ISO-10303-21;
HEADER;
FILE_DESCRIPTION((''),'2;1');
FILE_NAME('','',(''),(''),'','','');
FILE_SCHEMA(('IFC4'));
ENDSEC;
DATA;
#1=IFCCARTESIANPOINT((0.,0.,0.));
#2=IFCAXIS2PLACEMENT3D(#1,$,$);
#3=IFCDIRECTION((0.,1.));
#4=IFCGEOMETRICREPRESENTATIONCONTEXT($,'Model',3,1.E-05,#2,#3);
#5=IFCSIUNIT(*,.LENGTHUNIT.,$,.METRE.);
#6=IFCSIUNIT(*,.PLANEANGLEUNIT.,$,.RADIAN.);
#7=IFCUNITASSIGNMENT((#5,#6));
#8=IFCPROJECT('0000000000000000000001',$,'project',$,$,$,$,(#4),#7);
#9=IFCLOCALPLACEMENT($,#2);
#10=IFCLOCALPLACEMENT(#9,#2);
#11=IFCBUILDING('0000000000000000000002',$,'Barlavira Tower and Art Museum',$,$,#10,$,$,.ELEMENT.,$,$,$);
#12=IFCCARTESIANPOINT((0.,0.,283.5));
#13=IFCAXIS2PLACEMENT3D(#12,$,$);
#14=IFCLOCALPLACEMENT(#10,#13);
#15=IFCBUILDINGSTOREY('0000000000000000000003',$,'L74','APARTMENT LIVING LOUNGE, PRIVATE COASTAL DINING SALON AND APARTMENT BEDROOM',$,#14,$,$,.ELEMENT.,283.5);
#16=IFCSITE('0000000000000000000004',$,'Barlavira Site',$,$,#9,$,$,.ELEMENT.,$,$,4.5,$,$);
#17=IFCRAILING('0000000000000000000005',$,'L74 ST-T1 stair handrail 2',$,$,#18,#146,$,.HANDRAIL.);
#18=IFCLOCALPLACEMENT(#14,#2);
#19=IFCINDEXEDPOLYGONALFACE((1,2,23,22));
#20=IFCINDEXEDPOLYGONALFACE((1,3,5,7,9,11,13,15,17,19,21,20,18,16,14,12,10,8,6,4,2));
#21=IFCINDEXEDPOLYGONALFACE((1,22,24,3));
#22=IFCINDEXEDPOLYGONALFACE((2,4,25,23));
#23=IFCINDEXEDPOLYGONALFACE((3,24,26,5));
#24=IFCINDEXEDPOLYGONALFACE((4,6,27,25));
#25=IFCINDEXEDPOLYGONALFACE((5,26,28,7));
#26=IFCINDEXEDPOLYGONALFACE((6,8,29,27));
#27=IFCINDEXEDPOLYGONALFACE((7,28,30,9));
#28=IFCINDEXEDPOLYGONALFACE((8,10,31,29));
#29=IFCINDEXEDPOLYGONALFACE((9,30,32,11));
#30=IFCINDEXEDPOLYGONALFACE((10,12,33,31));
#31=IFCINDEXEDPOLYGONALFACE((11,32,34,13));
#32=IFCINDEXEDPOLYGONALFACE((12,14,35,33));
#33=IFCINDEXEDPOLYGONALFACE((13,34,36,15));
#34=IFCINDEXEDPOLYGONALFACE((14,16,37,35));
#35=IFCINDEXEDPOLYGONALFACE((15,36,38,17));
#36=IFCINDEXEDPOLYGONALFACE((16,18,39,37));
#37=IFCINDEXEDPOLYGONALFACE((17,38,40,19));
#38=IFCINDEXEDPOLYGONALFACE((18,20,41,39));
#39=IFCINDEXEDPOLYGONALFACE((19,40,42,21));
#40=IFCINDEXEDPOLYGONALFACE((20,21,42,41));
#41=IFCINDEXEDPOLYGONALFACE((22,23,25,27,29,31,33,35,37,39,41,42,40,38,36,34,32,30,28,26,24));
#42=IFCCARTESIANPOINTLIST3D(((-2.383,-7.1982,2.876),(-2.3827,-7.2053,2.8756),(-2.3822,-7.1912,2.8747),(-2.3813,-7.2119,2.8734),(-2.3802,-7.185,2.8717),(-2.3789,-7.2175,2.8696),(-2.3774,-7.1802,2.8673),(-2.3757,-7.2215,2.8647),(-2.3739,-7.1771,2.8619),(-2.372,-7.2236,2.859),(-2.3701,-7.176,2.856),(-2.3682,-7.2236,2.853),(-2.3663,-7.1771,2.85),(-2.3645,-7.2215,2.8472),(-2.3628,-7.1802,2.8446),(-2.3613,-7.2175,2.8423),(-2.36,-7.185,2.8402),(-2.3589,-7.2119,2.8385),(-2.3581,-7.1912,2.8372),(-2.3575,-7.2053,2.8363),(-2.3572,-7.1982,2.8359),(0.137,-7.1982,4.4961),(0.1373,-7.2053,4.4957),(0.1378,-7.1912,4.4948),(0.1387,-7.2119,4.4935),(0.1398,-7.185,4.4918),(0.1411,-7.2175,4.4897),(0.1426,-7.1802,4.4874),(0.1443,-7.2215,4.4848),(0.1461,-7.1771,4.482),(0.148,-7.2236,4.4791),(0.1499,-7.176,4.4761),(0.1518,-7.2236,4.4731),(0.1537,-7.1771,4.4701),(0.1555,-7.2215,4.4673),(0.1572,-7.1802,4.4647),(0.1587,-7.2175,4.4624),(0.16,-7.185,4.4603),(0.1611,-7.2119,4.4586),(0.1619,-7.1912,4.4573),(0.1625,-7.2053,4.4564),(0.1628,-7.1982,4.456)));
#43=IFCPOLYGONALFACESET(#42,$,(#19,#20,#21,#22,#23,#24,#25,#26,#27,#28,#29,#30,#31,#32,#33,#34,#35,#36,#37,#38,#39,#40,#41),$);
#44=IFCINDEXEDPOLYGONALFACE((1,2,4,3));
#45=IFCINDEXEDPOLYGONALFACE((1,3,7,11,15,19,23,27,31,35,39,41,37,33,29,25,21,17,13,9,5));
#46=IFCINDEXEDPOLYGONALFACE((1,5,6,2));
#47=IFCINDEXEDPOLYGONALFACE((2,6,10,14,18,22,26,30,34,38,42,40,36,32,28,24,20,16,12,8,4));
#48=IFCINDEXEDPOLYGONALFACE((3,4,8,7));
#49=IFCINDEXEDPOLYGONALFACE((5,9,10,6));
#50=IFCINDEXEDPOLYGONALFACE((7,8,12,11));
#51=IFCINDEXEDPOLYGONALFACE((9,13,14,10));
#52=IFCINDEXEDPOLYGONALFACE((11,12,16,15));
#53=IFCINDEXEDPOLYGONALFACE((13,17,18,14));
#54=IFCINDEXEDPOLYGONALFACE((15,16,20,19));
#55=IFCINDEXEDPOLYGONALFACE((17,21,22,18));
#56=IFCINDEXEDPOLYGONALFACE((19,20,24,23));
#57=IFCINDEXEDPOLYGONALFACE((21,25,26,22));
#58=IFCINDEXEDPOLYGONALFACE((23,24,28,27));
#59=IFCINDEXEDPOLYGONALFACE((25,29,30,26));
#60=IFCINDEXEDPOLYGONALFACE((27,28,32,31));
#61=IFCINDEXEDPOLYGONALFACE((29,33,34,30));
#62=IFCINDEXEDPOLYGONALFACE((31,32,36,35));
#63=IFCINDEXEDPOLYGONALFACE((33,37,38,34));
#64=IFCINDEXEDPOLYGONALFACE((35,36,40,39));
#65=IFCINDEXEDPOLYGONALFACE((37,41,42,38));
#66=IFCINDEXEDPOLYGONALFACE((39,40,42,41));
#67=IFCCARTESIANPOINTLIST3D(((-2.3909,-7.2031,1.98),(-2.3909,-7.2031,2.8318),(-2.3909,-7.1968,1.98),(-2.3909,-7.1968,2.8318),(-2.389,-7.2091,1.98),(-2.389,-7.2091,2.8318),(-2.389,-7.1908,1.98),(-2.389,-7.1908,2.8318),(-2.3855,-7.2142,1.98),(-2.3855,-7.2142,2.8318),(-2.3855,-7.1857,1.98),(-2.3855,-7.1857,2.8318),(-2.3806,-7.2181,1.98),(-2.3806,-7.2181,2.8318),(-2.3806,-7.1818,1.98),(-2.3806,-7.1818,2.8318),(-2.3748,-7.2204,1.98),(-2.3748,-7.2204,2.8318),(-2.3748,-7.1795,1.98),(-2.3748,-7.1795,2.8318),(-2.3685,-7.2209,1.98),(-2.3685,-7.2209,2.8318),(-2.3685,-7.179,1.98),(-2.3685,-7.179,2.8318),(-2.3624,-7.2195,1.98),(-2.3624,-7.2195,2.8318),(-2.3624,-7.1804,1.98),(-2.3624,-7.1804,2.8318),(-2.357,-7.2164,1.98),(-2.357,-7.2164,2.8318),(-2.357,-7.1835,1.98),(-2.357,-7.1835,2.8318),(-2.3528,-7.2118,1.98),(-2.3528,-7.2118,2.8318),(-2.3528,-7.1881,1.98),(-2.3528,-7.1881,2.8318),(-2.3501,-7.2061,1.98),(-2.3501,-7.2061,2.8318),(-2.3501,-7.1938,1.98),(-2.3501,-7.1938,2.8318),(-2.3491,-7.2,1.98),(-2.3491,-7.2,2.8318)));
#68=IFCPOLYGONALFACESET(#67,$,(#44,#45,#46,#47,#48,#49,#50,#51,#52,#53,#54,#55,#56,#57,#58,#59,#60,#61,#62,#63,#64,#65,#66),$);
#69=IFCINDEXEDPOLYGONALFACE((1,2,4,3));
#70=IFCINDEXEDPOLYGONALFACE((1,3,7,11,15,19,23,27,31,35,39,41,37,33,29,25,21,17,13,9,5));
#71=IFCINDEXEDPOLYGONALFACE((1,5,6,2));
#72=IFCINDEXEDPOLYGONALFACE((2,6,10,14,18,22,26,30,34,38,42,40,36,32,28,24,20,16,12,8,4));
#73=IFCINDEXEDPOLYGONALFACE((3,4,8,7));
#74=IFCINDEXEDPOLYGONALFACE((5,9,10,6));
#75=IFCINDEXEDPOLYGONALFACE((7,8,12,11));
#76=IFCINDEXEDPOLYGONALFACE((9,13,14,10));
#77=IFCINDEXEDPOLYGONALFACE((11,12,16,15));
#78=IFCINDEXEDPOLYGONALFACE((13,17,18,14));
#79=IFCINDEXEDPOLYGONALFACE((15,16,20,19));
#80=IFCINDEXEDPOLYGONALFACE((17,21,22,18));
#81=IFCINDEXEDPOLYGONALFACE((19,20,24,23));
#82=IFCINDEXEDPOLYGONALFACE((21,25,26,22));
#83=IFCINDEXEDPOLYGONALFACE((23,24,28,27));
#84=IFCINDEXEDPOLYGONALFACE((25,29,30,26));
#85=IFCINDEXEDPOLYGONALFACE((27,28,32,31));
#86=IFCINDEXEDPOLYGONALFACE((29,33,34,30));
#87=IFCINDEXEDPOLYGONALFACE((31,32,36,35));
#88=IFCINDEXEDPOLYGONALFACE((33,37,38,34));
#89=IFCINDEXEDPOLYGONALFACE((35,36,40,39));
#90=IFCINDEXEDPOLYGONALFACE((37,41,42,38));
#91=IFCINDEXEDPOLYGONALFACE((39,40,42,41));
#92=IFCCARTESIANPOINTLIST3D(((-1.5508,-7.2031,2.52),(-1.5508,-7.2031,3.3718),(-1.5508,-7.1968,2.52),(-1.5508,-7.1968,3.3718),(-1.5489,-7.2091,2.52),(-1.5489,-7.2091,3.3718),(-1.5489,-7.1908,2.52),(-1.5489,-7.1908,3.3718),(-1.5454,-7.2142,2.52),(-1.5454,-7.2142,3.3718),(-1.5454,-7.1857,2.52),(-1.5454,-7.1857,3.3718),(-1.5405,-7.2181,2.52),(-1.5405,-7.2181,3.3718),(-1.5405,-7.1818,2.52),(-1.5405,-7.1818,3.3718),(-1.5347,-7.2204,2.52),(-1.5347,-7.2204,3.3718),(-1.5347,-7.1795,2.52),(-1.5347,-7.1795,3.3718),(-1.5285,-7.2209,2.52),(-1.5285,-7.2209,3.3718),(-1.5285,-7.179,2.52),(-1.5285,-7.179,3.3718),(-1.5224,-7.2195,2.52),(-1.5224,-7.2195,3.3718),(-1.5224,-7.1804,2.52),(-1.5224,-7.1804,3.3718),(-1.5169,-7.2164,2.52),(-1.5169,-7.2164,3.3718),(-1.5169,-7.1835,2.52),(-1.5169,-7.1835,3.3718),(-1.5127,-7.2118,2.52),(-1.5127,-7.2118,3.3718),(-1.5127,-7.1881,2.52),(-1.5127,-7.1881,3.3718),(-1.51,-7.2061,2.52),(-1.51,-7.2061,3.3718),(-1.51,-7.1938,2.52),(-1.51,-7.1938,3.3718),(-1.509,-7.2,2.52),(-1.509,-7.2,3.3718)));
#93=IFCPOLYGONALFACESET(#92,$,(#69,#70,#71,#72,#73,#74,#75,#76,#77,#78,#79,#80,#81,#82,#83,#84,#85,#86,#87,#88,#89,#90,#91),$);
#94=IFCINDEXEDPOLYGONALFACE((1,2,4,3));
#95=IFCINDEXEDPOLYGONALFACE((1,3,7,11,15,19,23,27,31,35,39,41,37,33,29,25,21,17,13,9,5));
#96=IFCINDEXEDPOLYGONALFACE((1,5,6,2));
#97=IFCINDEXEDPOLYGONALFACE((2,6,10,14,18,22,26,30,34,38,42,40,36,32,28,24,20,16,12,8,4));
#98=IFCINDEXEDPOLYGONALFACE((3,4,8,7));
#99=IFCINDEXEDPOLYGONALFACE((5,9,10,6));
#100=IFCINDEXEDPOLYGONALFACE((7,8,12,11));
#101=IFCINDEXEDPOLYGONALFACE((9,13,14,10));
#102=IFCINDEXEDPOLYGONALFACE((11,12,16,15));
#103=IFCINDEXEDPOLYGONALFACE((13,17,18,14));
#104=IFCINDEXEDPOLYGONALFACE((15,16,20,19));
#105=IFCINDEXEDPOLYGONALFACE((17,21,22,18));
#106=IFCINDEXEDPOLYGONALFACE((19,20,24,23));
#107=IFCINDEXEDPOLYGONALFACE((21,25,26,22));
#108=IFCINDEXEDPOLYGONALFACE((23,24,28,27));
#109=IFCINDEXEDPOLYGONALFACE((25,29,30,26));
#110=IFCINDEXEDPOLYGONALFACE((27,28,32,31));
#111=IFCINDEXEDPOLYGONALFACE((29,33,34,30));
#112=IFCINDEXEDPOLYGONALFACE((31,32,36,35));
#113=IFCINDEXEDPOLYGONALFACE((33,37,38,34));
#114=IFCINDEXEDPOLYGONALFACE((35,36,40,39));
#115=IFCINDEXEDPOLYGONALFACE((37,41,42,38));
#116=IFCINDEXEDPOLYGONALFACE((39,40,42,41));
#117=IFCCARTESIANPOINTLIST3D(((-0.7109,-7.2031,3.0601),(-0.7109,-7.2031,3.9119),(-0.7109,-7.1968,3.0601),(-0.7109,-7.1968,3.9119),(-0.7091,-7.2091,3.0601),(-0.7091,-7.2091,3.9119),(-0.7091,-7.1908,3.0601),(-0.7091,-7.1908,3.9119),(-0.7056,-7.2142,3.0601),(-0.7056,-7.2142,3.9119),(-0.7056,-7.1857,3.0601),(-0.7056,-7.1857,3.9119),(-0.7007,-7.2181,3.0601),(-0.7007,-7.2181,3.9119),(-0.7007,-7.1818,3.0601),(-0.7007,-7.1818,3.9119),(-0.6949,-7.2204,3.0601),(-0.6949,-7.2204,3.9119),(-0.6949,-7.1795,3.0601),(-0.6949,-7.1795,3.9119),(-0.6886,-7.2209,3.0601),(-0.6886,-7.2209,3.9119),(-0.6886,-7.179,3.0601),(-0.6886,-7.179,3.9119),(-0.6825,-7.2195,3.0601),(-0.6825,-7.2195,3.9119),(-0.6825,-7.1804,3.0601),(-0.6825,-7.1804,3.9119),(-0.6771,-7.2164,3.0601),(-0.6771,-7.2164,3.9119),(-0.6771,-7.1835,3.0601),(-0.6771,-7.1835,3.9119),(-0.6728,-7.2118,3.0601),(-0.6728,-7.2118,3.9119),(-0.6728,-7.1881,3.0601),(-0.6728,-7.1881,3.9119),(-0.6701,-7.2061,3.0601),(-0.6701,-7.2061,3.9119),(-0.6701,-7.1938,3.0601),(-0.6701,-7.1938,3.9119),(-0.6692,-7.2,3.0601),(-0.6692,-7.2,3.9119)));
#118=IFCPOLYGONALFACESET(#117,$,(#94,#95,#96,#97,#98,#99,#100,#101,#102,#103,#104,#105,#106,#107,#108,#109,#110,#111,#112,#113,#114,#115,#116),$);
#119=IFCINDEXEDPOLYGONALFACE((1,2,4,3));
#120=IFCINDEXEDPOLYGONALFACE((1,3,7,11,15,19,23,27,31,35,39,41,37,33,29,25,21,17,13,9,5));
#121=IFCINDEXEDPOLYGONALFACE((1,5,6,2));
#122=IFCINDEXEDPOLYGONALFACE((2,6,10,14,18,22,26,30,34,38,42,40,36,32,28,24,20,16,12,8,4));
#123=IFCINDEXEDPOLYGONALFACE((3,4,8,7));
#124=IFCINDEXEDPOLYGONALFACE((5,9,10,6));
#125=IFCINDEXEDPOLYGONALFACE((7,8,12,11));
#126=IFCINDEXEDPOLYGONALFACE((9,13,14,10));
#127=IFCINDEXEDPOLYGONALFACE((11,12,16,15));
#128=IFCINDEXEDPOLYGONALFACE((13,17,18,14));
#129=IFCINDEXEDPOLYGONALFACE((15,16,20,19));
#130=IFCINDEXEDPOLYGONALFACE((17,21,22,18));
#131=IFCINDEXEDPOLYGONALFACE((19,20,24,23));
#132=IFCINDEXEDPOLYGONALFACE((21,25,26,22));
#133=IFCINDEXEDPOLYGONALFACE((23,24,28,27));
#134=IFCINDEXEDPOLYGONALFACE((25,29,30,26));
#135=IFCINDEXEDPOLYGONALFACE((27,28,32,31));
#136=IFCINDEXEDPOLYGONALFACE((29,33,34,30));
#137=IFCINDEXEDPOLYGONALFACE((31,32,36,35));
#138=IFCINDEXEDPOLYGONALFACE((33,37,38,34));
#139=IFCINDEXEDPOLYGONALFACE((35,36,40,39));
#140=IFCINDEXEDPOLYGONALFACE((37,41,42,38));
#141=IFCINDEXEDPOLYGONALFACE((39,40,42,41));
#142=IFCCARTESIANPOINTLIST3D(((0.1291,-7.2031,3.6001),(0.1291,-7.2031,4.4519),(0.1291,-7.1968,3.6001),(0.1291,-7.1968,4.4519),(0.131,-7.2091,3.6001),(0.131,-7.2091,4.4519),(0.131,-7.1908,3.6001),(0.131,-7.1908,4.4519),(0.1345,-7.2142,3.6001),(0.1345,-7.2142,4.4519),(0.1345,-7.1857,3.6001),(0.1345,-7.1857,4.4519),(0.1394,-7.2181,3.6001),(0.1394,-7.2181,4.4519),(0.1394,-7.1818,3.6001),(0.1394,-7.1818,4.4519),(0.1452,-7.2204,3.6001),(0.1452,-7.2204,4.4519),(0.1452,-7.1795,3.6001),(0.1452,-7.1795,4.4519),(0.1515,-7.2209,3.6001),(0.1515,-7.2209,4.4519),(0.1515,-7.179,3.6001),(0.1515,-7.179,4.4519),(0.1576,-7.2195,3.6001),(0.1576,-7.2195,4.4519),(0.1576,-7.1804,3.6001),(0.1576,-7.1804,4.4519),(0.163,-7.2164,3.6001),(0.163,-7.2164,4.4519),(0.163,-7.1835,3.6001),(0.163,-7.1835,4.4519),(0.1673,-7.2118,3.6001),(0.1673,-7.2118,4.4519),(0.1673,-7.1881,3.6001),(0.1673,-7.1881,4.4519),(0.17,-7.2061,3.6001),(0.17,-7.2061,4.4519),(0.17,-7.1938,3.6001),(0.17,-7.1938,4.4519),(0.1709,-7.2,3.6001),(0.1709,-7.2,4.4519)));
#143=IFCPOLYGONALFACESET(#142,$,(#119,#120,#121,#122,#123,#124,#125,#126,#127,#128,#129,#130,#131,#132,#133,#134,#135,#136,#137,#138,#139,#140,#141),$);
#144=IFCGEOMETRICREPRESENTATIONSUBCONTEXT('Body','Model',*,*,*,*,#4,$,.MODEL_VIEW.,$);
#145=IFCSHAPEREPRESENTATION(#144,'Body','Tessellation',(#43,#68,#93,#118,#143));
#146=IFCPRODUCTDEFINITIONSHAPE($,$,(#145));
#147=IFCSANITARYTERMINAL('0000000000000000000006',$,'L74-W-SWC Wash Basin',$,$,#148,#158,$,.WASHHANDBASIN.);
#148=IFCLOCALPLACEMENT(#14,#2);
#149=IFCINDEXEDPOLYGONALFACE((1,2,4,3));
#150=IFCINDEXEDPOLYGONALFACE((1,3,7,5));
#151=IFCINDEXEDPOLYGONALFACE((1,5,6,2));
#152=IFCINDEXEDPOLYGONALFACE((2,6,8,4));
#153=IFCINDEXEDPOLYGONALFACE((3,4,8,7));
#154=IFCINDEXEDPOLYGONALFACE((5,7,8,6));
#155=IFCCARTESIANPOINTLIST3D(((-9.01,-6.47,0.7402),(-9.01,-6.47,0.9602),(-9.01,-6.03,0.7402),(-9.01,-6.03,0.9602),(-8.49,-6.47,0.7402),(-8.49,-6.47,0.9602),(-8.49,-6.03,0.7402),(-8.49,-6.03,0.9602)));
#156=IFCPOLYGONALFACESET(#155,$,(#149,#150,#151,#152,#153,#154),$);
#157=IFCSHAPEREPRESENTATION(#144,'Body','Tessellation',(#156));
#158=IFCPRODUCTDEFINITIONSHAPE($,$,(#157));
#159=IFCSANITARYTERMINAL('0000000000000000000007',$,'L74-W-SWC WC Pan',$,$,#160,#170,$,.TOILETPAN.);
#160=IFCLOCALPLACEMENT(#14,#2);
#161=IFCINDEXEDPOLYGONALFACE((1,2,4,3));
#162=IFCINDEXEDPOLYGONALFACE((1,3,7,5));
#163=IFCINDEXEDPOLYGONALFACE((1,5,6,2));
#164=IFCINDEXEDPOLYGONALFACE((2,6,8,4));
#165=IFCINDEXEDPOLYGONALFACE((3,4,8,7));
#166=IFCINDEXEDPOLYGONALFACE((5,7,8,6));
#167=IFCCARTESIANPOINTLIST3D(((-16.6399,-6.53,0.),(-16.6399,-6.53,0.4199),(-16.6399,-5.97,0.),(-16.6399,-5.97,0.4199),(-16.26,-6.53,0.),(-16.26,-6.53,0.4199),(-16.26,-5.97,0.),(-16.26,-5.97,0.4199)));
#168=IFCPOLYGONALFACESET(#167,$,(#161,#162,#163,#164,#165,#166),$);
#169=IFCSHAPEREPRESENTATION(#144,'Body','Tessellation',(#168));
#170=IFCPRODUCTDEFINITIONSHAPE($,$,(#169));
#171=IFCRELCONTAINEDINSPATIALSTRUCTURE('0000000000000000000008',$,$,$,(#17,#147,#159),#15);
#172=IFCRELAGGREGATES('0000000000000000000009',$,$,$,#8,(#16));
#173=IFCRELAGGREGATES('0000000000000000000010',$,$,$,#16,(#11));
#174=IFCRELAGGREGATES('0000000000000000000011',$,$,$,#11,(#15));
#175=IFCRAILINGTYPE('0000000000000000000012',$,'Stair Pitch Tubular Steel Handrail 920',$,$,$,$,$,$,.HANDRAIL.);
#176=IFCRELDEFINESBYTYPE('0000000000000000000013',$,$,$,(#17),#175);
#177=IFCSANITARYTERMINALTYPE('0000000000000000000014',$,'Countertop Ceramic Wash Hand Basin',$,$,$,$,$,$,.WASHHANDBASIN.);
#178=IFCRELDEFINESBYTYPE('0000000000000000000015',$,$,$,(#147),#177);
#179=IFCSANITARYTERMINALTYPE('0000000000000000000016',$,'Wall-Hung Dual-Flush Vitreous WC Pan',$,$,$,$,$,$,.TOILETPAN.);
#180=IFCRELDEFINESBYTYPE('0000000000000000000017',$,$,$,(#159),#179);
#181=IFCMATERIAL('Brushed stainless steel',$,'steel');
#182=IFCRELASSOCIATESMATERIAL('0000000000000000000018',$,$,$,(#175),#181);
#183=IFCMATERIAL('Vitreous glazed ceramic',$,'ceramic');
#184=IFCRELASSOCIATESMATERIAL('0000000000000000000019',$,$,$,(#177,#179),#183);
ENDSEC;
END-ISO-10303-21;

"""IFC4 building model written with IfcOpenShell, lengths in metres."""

from ifc_helpers import new_model, si_unit, direction, frame, origin, origin_2d, place, context, subcontext, project, spatial, rectangle, circle, extrude, material, type_object, element, save


model = new_model("IFC4")

# Units and contexts
model_context = context("Model", 3, precision=1e-05, world=origin(), true_north=direction((0.0, 1.0)))
body_context = subcontext(model_context, "Body", "Model", "MODEL_VIEW")
ifc_project = project(units=[si_unit("LENGTHUNIT", "METRE"), si_unit("PLANEANGLEUNIT", "RADIAN")], contexts=[model_context])

# Site, building, storey
site_placement = place(None, origin())
site = spatial("IfcSite", under=ifc_project, at=site_placement, Name="Barlavira Site", CompositionType="ELEMENT", RefElevation=4.5)
building_placement = place(site_placement, origin())
building = spatial("IfcBuilding", under=site, at=building_placement, Name="Barlavira Tower and Art Museum", CompositionType="ELEMENT")
storey_placement = place(building_placement, frame((0.0, 0.0, 283.5)))
storey = spatial("IfcBuildingStorey", under=building, at=storey_placement, Name="L74", Description="APARTMENT LIVING LOUNGE, PRIVATE COASTAL DINING SALON AND APARTMENT BEDROOM", CompositionType="ELEMENT", Elevation=283.5)

# Shared definitions
ifc_material_1 = material(Name="Brushed stainless steel", Category="steel")

# Railing
railing_type_1 = type_object("IfcRailingType", Name="Stair Pitch Tubular Steel Handrail 920", PredefinedType="HANDRAIL", material=ifc_material_1)
railing_1_placement = place(storey_placement, frame((-2.3701, -7.2, 1.98)))
element("IfcRailing", 1, at=railing_1_placement, inside=storey, type_object=railing_type_1, Name="L74 ST-T1 stair handrail 2", PredefinedType="HANDRAIL", context=body_context, shape_type="SweptSolid", body=[
    extrude(circle(Radius=0.0239, at=origin_2d()), frame((0.0, 0.0, 0.876), z_axis=(0.841163, 0.0, 0.540782), x_axis=(0.0, 1.0, 0.0)), (0.0, 0.0, 1.0), 2.9958),
    extrude(circle(Radius=0.021, at=origin_2d()), origin(), (0.0, 0.0, 1.0), 0.8518),
    extrude(circle(Radius=0.021, at=origin_2d()), frame((0.8401, 0.0, 0.54)), (0.0, 0.0, 1.0), 0.8518),
    extrude(circle(Radius=0.021, at=origin_2d()), frame((1.6799, 0.0, 1.0801)), (0.0, 0.0, 1.0), 0.8518),
    extrude(circle(Radius=0.021, at=origin_2d()), frame((2.52, 0.0, 1.6201)), (0.0, 0.0, 1.0), 0.8518),
])

# Sanitary terminals
ifc_material_2 = material(Name="Vitreous glazed ceramic", Category="ceramic")
sanitary_terminal_type_1 = type_object("IfcSanitaryTerminalType", Name="Countertop Ceramic Wash Hand Basin", PredefinedType="WASHHANDBASIN", material=ifc_material_2)
sanitary_terminal_1_placement = place(storey_placement, frame((-8.75, -6.25, 0.7402), z_axis=(0.0, 0.0, 1.0), x_axis=(1.0, 0.0, 0.0)))
element("IfcSanitaryTerminal", 2, at=sanitary_terminal_1_placement, inside=storey, type_object=sanitary_terminal_type_1, Name="L74-W-SWC Wash Basin", PredefinedType="WASHHANDBASIN", context=body_context, shape_type="SweptSolid", body=[
    extrude(rectangle(XDim=0.52, YDim=0.4399, at=origin_2d()), origin(), (0.0, 0.0, 1.0), 0.22),
])
sanitary_terminal_type_2 = type_object("IfcSanitaryTerminalType", Name="Wall-Hung Dual-Flush Vitreous WC Pan", PredefinedType="TOILETPAN", material=ifc_material_2)
sanitary_terminal_2_placement = place(storey_placement, frame((-16.45, -6.25, 0.0), z_axis=(0.0, 0.0, 1.0), x_axis=(1.0, 0.0, 0.0)))
element("IfcSanitaryTerminal", 3, at=sanitary_terminal_2_placement, inside=storey, type_object=sanitary_terminal_type_2, Name="L74-W-SWC WC Pan", PredefinedType="TOILETPAN", context=body_context, shape_type="SweptSolid", body=[
    extrude(rectangle(XDim=0.3799, YDim=0.5601, at=origin_2d()), origin(), (0.0, 0.0, 1.0), 0.4199),
])

save(model, "model.ifc")
